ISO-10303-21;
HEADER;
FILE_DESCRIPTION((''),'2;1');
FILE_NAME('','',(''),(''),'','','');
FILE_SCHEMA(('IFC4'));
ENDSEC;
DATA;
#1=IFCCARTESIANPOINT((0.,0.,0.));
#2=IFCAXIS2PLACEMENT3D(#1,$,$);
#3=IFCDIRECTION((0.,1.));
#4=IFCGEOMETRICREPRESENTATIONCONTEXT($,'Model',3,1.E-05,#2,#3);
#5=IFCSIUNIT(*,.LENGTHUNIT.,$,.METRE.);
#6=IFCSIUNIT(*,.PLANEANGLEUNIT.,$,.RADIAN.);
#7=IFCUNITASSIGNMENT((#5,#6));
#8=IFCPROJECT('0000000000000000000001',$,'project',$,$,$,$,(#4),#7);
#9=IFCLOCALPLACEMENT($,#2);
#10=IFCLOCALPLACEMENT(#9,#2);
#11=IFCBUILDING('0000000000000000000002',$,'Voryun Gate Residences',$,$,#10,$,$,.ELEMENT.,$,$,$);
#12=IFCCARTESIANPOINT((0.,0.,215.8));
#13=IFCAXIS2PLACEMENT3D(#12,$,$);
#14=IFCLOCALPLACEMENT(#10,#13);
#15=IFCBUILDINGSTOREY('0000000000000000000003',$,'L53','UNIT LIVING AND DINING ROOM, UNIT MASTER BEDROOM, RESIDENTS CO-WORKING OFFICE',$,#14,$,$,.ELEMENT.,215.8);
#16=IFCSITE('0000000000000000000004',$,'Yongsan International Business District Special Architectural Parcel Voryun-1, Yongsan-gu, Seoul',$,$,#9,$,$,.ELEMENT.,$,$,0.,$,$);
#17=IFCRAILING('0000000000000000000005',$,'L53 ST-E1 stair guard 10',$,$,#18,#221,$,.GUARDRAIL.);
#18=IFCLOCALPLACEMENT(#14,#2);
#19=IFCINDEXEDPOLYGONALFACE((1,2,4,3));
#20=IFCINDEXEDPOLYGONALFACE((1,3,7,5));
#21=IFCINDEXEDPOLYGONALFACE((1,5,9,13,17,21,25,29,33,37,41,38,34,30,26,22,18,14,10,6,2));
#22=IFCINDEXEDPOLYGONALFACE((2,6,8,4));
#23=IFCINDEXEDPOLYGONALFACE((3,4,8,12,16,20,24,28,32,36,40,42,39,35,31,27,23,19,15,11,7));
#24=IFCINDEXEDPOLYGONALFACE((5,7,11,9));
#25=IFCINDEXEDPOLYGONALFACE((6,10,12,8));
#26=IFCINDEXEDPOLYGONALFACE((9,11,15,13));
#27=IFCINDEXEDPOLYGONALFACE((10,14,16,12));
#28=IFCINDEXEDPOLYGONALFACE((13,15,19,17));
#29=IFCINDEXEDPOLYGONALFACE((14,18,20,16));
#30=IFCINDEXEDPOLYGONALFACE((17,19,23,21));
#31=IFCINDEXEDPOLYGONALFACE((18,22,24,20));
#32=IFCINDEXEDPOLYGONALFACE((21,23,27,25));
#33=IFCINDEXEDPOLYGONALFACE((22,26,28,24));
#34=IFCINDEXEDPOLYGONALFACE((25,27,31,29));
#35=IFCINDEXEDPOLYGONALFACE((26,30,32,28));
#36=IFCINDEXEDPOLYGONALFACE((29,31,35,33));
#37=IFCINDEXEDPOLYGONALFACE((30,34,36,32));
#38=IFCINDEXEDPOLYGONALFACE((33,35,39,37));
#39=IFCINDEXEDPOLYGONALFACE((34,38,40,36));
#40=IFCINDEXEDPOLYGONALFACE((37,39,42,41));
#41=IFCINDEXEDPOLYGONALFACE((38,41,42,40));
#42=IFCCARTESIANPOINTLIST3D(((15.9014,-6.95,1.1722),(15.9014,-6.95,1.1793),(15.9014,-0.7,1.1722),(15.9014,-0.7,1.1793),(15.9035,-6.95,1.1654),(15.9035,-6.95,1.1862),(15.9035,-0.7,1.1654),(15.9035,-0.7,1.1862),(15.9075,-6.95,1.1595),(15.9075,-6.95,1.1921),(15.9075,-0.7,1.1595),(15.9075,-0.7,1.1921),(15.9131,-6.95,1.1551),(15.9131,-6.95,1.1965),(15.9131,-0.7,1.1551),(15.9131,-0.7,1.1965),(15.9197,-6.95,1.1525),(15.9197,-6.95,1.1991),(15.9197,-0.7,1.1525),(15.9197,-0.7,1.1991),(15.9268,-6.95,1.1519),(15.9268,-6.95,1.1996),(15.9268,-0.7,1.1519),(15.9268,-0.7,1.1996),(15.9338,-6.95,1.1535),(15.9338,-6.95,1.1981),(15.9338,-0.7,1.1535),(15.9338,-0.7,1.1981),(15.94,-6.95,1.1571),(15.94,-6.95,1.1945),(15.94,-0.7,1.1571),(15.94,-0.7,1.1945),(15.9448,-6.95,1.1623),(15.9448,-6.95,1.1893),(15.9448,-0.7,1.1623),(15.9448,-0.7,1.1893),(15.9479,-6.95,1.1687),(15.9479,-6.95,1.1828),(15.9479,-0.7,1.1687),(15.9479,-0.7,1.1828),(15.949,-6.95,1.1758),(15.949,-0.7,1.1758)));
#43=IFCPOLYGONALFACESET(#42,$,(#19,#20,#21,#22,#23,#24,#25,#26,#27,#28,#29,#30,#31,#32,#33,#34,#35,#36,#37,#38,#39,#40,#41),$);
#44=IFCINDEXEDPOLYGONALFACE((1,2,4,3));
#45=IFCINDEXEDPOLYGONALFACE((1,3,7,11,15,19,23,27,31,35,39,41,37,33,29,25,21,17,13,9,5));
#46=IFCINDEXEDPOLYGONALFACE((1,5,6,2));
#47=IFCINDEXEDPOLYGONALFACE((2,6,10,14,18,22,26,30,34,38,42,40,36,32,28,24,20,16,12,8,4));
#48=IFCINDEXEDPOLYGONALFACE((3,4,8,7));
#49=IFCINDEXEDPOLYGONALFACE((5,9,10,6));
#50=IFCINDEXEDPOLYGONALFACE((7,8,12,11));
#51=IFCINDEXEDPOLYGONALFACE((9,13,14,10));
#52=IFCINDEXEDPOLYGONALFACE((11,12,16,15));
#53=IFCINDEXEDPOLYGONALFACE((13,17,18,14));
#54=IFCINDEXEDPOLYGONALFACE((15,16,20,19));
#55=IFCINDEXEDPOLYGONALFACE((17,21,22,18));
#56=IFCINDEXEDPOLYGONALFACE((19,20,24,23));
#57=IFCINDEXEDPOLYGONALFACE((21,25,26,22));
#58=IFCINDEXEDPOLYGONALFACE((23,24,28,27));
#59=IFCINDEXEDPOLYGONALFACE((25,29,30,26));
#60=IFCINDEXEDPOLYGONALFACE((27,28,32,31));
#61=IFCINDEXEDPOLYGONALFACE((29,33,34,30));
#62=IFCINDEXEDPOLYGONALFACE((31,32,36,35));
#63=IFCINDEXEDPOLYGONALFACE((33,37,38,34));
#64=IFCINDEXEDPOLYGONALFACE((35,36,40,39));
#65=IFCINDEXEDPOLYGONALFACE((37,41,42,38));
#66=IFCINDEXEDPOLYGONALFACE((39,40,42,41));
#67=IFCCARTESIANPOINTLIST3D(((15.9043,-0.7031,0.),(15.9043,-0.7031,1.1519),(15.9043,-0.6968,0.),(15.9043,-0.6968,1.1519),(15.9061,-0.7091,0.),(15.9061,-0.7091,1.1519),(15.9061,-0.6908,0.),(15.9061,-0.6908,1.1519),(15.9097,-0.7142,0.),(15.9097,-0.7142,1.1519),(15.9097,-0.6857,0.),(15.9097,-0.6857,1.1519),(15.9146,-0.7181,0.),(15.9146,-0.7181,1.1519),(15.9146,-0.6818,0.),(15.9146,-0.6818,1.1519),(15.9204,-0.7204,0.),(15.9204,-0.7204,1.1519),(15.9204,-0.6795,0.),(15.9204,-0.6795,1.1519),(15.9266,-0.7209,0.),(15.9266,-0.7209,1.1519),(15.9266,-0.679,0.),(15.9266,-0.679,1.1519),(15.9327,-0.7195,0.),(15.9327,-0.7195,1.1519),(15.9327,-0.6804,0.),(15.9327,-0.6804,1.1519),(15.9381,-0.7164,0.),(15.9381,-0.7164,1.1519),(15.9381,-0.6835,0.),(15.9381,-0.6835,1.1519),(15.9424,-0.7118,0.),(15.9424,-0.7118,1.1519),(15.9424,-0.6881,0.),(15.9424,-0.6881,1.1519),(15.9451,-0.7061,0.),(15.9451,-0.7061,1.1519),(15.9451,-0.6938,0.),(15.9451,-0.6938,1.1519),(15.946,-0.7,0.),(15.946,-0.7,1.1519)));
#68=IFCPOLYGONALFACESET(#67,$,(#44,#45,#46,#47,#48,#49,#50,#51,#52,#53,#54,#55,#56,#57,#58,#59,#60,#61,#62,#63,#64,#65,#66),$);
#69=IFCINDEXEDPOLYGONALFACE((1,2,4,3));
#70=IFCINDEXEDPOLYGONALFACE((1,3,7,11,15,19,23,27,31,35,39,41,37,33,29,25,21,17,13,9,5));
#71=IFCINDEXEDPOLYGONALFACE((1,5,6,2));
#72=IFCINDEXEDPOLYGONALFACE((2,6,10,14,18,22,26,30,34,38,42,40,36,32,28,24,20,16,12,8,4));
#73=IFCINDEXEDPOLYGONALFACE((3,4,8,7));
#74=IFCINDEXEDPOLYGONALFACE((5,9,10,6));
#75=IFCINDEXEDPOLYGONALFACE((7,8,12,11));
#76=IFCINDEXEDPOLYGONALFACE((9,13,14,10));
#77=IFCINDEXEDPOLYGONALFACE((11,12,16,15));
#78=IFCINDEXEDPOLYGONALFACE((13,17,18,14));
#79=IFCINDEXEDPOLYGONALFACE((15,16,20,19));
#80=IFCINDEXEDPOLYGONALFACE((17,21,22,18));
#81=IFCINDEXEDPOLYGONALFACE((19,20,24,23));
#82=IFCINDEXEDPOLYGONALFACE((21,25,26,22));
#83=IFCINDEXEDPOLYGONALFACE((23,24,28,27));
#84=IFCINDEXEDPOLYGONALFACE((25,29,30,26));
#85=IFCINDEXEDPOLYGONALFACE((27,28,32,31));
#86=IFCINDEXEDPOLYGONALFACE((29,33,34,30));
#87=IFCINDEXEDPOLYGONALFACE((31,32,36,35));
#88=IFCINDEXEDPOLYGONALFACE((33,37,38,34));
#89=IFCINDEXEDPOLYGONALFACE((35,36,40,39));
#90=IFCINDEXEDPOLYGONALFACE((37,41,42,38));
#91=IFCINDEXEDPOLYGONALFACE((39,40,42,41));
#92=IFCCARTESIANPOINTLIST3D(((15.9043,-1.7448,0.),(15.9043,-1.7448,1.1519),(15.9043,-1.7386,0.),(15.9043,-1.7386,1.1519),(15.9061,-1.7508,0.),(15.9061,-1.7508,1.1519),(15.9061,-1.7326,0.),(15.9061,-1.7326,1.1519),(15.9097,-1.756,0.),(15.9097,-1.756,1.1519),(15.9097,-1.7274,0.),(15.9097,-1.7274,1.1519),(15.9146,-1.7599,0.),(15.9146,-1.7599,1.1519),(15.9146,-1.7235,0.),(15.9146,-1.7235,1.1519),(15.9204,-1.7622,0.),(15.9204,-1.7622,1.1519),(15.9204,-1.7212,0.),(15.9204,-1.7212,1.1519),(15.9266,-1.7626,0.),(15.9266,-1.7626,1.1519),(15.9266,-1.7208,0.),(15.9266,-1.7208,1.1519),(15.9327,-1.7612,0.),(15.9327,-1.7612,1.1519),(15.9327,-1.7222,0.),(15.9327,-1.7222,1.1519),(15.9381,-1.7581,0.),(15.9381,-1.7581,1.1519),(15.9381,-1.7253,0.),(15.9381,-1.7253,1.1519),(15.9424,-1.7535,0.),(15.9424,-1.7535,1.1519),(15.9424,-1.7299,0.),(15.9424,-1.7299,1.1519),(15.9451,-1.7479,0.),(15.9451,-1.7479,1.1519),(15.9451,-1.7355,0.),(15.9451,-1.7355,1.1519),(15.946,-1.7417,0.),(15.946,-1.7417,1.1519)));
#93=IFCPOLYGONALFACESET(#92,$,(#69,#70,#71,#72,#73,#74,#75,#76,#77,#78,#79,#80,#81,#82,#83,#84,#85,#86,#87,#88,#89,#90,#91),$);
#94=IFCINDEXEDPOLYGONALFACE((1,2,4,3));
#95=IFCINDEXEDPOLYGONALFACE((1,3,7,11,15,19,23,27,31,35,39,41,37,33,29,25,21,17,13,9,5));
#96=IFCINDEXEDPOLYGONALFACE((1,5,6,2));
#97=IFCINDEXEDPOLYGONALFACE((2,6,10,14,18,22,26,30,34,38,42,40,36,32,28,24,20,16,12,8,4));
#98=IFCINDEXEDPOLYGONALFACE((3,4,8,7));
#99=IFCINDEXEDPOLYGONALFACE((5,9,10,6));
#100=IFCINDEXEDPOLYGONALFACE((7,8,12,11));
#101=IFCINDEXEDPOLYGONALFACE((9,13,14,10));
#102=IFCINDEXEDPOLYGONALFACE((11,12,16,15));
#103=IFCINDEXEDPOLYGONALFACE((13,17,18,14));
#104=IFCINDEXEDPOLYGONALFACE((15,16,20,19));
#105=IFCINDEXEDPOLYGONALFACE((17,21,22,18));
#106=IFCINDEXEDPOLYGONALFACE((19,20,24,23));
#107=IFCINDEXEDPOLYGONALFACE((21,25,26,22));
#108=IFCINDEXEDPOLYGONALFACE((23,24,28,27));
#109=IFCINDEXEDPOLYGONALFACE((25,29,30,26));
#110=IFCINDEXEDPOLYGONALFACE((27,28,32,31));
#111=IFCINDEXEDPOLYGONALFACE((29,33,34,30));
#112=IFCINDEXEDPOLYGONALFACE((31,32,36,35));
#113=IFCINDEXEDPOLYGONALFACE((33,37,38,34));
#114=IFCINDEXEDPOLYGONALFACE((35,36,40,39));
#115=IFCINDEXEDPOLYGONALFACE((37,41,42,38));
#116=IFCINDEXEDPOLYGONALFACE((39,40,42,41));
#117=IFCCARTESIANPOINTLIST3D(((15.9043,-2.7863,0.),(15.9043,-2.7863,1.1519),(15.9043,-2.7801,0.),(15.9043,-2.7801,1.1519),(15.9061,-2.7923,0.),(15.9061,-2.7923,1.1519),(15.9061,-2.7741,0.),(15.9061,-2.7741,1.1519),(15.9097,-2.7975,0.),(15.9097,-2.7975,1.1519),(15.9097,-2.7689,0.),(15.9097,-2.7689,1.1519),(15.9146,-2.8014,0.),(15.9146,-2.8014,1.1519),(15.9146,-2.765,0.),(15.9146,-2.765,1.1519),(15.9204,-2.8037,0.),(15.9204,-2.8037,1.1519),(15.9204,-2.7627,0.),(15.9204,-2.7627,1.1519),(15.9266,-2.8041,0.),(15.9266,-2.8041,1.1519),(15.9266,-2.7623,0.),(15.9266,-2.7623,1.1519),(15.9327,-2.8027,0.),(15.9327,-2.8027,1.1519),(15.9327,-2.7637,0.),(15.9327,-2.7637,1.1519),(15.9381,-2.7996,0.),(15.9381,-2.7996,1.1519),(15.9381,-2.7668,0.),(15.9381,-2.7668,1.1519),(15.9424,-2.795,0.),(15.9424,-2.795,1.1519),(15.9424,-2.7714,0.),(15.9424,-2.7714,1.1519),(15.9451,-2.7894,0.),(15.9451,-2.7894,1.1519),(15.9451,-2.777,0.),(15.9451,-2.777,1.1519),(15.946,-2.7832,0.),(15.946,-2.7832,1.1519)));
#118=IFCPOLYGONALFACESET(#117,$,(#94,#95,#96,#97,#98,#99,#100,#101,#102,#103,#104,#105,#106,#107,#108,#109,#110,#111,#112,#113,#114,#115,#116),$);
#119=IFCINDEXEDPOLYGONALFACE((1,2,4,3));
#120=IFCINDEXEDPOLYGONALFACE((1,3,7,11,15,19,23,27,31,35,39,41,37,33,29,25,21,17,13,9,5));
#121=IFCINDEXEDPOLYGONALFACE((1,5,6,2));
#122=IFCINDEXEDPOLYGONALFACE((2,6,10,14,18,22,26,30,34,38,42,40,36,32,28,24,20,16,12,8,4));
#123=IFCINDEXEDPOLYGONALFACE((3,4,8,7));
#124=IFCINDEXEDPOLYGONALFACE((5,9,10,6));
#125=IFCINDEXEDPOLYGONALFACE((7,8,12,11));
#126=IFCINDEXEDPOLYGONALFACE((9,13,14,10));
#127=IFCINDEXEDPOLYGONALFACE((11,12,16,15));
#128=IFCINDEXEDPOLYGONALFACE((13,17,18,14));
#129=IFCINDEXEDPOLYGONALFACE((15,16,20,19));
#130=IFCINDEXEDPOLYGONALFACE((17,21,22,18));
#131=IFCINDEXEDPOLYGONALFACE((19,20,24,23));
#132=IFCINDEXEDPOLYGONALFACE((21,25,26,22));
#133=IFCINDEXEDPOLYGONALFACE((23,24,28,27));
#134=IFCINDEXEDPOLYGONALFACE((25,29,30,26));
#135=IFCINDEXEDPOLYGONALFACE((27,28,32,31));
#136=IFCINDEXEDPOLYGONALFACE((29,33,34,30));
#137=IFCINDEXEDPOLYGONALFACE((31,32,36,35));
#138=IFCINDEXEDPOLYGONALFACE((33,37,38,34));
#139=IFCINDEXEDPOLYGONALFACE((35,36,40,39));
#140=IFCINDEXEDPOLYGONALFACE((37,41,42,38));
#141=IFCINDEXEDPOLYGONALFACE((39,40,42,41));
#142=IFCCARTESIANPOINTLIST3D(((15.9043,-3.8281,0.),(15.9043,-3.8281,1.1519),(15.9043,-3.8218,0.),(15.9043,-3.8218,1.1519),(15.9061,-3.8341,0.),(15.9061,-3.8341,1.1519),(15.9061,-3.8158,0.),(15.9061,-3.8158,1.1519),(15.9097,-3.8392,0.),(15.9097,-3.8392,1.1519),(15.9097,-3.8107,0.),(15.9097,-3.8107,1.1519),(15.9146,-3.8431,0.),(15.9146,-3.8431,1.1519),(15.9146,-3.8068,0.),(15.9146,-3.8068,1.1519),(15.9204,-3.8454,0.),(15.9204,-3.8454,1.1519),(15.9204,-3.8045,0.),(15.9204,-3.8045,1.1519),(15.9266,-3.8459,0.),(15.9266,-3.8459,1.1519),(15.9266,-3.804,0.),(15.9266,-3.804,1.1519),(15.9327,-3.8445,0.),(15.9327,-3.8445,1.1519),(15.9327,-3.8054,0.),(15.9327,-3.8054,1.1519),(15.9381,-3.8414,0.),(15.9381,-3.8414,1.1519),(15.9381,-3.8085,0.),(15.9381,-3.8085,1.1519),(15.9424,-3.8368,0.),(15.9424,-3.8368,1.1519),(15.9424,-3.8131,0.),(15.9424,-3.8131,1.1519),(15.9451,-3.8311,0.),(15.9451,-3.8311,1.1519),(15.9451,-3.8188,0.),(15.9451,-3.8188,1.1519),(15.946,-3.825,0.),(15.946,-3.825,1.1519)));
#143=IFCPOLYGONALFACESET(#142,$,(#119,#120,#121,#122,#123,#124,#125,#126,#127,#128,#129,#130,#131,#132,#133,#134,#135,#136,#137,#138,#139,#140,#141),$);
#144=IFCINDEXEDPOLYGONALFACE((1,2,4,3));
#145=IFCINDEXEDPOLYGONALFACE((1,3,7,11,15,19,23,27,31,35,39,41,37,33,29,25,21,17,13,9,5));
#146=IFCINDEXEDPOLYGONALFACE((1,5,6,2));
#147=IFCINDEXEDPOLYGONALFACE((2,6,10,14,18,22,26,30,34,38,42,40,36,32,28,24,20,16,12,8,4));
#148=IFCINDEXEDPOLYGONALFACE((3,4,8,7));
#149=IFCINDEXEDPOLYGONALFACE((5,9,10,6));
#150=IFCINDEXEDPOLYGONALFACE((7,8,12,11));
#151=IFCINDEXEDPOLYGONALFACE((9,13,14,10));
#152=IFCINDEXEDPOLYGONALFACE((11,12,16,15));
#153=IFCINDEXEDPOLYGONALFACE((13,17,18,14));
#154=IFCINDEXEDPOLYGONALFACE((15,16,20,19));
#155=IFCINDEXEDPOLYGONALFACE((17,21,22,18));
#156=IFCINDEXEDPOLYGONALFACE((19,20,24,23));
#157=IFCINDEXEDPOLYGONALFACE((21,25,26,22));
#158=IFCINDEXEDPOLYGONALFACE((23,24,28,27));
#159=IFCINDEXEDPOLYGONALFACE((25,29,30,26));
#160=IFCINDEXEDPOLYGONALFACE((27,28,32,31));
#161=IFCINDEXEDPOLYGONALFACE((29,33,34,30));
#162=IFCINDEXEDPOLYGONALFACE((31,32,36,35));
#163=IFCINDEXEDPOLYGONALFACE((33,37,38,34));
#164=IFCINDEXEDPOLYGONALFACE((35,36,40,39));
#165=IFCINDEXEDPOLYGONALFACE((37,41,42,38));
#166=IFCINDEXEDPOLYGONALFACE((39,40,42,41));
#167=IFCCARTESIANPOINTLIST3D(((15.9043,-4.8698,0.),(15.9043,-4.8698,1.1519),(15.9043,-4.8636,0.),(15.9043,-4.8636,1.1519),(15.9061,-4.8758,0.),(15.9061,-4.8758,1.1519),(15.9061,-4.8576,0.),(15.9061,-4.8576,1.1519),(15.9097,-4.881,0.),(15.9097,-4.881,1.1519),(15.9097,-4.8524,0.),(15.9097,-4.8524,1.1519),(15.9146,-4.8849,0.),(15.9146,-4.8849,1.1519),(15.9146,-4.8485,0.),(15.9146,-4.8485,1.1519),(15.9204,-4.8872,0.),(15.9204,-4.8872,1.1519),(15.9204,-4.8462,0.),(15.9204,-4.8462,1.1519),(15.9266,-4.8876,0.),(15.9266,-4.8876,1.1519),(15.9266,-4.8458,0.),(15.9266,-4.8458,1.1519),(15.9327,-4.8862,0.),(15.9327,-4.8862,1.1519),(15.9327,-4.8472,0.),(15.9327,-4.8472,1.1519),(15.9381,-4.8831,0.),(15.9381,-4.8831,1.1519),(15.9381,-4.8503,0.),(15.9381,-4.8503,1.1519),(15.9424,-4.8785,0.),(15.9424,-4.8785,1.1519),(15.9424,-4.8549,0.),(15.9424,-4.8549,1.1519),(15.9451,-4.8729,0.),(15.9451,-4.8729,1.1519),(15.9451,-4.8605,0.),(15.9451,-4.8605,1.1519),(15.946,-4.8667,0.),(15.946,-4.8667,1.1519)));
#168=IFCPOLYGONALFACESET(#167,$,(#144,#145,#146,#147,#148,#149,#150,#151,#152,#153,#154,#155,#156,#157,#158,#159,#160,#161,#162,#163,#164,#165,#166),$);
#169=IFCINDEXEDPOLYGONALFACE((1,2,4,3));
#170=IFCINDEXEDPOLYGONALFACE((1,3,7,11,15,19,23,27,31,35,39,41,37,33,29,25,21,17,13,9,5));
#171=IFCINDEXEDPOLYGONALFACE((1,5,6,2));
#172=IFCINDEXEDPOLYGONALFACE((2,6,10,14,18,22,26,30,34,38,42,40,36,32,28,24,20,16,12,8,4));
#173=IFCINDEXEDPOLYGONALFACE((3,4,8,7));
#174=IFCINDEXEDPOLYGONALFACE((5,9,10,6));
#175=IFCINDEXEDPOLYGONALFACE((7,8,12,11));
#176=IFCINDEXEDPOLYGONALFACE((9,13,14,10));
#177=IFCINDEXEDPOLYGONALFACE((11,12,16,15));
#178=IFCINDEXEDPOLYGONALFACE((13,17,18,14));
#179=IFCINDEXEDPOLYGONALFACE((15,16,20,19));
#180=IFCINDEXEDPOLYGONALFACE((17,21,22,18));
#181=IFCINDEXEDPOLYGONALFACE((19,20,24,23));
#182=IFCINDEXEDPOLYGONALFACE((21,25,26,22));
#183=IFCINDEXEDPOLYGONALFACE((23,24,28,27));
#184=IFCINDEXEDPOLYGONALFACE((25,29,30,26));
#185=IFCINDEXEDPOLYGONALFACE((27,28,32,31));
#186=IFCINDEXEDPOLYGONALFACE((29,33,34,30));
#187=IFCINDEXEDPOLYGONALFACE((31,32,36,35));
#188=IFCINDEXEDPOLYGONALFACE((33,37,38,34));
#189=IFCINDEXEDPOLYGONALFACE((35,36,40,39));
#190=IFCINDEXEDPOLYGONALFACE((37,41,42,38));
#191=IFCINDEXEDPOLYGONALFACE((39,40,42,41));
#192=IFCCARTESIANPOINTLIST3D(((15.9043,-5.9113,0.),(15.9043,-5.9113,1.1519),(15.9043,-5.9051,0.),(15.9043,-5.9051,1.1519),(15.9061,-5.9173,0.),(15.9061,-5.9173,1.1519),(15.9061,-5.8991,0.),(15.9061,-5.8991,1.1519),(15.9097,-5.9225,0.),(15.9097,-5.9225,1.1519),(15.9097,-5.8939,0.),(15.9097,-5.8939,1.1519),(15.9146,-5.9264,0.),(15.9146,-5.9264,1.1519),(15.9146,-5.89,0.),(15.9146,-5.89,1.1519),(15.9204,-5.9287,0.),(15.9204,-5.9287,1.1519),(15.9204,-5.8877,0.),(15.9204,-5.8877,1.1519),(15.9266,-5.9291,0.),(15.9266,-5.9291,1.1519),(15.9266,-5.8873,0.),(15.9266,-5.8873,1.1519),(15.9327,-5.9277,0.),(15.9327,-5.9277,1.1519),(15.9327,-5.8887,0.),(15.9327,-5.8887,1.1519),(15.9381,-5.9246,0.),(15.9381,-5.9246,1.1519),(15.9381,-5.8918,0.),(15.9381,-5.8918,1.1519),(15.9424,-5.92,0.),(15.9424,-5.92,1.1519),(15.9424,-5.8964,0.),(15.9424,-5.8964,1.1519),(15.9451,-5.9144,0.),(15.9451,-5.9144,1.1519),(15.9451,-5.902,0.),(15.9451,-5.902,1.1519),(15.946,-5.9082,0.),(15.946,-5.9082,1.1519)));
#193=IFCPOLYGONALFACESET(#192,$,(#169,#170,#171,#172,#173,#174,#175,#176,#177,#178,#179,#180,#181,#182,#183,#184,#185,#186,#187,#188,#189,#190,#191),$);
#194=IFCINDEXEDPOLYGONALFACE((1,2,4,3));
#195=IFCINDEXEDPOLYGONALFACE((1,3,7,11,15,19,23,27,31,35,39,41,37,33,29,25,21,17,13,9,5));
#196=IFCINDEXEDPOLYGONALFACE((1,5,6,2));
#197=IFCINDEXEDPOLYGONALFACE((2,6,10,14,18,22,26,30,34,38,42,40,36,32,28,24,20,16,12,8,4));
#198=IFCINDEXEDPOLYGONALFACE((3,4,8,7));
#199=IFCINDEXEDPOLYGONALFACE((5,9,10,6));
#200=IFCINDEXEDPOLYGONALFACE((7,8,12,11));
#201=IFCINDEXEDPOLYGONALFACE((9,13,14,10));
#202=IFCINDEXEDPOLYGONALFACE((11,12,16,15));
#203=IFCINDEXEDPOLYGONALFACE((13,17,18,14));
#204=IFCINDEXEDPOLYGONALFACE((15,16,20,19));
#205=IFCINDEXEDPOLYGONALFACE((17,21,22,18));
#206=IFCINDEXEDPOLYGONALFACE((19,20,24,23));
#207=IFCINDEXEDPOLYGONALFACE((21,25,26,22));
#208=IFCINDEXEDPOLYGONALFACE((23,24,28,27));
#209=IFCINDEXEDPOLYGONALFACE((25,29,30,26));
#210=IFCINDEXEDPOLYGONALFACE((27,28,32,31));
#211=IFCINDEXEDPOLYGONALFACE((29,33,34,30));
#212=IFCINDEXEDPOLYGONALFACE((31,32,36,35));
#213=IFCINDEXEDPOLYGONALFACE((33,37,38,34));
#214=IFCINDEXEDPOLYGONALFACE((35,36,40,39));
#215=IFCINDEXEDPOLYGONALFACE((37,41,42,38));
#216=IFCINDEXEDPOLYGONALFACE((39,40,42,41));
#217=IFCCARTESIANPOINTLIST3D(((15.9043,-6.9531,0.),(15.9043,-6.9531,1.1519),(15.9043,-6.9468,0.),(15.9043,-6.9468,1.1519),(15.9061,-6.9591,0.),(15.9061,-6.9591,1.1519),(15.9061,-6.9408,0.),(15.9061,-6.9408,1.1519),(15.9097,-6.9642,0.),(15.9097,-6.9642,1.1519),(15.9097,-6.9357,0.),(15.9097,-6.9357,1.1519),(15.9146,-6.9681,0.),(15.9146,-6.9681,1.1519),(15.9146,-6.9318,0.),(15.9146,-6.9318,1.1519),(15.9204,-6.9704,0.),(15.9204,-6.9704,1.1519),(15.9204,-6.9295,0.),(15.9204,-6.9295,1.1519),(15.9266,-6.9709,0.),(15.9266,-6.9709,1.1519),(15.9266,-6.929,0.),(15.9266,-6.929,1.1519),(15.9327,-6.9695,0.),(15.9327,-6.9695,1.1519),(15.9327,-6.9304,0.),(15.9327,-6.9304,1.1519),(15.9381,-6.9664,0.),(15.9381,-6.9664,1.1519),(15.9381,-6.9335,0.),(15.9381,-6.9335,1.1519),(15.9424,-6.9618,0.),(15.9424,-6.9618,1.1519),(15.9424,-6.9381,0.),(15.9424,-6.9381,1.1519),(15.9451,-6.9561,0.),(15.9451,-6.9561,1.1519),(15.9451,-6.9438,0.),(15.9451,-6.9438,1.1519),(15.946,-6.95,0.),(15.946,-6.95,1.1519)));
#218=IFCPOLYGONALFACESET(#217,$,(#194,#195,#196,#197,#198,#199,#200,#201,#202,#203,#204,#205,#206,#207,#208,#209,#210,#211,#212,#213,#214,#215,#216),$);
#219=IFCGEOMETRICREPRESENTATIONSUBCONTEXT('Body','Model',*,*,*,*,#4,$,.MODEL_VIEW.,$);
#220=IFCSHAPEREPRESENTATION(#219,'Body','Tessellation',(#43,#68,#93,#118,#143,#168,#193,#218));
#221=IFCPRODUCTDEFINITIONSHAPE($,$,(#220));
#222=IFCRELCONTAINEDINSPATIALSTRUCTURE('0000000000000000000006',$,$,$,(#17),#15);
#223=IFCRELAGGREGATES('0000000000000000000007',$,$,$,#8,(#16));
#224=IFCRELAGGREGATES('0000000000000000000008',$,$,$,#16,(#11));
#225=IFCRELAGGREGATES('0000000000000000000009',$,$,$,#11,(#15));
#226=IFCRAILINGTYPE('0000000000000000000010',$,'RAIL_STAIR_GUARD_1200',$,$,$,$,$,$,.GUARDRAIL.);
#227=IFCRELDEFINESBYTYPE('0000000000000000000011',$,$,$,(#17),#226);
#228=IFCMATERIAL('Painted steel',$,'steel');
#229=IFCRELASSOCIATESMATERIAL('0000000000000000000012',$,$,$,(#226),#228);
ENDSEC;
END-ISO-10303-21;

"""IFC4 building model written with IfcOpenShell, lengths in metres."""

from ifc_helpers import new_model, si_unit, direction, frame, origin, origin_2d, place, context, subcontext, project, spatial, circle, extrude, material, type_object, element, save


model = new_model("IFC4")

# Units and contexts
model_context = context("Model", 3, precision=1e-05, world=origin(), true_north=direction((0.0, 1.0)))
body_context = subcontext(model_context, "Body", "Model", "MODEL_VIEW")
ifc_project = project(units=[si_unit("LENGTHUNIT", "METRE"), si_unit("PLANEANGLEUNIT", "RADIAN")], contexts=[model_context])

# Site, building, storey
site_placement = place(None, origin())
site = spatial("IfcSite", under=ifc_project, at=site_placement, Name="Yongsan International Business District Special Architectural Parcel Voryun-1, Yongsan-gu, Seoul", CompositionType="ELEMENT", RefElevation=0.0)
building_placement = place(site_placement, origin())
building = spatial("IfcBuilding", under=site, at=building_placement, Name="Voryun Gate Residences", CompositionType="ELEMENT")
storey_placement = place(building_placement, frame((0.0, 0.0, 215.8)))
storey = spatial("IfcBuildingStorey", under=building, at=storey_placement, Name="L53", Description="UNIT LIVING AND DINING ROOM, UNIT MASTER BEDROOM, RESIDENTS CO-WORKING OFFICE", CompositionType="ELEMENT", Elevation=215.8)

# Railing
ifc_material_1 = material(Name="Painted steel", Category="steel")
railing_type = type_object("IfcRailingType", Name="RAIL_STAIR_GUARD_1200", PredefinedType="GUARDRAIL", material=ifc_material_1)
railing_1_placement = place(storey_placement, frame((15.925, -0.7, 0.0)))
element("IfcRailing", 1, at=railing_1_placement, inside=storey, type_object=railing_type, Name="L53 ST-E1 stair guard 10", PredefinedType="GUARDRAIL", context=body_context, shape_type="SweptSolid", body=[
    extrude(circle(Radius=0.0239, at=origin_2d()), frame((0.0, 0.0, 1.1758), z_axis=(0.0, -1.0, 0.0), x_axis=(1.0, 0.0, 0.0)), (0.0, 0.0, 1.0), 6.25),
    extrude(circle(Radius=0.021, at=origin_2d()), origin(), (0.0, 0.0, 1.0), 1.1519),
    extrude(circle(Radius=0.021, at=origin_2d()), frame((0.0, -1.0417, 0.0)), (0.0, 0.0, 1.0), 1.1519),
    extrude(circle(Radius=0.021, at=origin_2d()), frame((0.0, -2.0833, 0.0)), (0.0, 0.0, 1.0), 1.1519),
    extrude(circle(Radius=0.021, at=origin_2d()), frame((0.0, -3.125, 0.0)), (0.0, 0.0, 1.0), 1.1519),
    extrude(circle(Radius=0.021, at=origin_2d()), frame((0.0, -4.1667, 0.0)), (0.0, 0.0, 1.0), 1.1519),
    extrude(circle(Radius=0.021, at=origin_2d()), frame((0.0, -5.2083, 0.0)), (0.0, 0.0, 1.0), 1.1519),
    extrude(circle(Radius=0.021, at=origin_2d()), frame((0.0, -6.25, 0.0)), (0.0, 0.0, 1.0), 1.1519),
])

save(model, "model.ifc")
